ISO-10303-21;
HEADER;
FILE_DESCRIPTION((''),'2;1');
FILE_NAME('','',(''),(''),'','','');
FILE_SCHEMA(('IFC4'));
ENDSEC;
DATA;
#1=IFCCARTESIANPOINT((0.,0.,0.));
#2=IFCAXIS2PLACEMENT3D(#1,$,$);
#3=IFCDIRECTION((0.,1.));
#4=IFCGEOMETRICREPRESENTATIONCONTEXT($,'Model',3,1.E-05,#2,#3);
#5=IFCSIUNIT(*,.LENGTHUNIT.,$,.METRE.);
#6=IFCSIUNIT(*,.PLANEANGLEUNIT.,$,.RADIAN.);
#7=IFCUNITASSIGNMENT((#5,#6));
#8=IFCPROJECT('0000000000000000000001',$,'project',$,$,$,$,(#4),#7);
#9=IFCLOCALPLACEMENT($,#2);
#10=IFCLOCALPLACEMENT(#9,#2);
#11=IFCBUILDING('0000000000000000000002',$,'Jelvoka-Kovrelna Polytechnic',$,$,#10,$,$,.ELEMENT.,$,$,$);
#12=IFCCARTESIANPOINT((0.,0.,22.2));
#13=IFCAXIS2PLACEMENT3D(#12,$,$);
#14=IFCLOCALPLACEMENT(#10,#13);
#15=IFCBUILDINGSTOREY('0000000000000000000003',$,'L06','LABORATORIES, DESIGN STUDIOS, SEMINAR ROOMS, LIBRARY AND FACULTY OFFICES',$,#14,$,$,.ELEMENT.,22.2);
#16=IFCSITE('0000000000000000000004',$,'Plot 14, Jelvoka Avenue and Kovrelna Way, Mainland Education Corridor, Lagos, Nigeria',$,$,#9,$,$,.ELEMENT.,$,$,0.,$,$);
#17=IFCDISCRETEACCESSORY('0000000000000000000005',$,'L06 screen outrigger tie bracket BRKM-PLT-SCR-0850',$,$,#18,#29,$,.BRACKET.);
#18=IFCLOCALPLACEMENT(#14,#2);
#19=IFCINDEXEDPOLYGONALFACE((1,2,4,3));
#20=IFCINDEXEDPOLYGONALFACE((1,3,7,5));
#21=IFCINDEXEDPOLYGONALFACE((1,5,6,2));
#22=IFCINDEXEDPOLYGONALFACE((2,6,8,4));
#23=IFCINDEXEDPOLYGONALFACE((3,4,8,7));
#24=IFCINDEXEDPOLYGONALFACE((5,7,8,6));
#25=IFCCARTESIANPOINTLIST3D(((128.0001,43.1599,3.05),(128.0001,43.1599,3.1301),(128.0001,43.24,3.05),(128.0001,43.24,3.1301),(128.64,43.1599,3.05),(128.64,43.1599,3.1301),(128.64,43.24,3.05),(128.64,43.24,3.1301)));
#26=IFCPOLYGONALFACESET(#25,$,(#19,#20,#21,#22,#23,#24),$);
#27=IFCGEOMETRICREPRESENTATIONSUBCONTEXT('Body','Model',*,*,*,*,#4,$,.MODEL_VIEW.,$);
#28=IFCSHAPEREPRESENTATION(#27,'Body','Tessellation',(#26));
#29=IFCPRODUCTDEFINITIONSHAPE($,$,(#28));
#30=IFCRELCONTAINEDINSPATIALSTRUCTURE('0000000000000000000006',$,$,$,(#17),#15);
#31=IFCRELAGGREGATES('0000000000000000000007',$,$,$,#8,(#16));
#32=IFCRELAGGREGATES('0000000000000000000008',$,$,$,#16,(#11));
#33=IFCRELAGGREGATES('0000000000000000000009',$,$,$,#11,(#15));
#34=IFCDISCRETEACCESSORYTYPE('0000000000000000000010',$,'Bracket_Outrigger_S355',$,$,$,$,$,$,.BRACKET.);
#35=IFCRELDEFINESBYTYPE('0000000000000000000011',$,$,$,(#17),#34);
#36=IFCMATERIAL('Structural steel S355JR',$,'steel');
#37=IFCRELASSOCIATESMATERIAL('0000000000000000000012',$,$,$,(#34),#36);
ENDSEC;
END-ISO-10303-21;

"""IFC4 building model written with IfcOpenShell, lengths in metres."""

from ifc_helpers import new_model, si_unit, direction, frame, origin, origin_2d, place, context, subcontext, project, spatial, rectangle, extrude, material, type_object, element, save


model = new_model("IFC4")

# Units and contexts
model_context = context("Model", 3, precision=1e-05, world=origin(), true_north=direction((0.0, 1.0)))
body_context = subcontext(model_context, "Body", "Model", "MODEL_VIEW")
ifc_project = project(units=[si_unit("LENGTHUNIT", "METRE"), si_unit("PLANEANGLEUNIT", "RADIAN")], contexts=[model_context])

# Site, building, storey
site_placement = place(None, origin())
site = spatial("IfcSite", under=ifc_project, at=site_placement, Name="Plot 14, Jelvoka Avenue and Kovrelna Way, Mainland Education Corridor, Lagos, Nigeria", CompositionType="ELEMENT", RefElevation=0.0)
building_placement = place(site_placement, origin())
building = spatial("IfcBuilding", under=site, at=building_placement, Name="Jelvoka-Kovrelna Polytechnic", CompositionType="ELEMENT")
storey_placement = place(building_placement, frame((0.0, 0.0, 22.2)))
storey = spatial("IfcBuildingStorey", under=building, at=storey_placement, Name="L06", Description="LABORATORIES, DESIGN STUDIOS, SEMINAR ROOMS, LIBRARY AND FACULTY OFFICES", CompositionType="ELEMENT", Elevation=22.2)

# Discrete accessory
ifc_material_1 = material(Name="Structural steel S355JR", Category="steel")
discrete_accessory_type = type_object("IfcDiscreteAccessoryType", Name="Bracket_Outrigger_S355", PredefinedType="BRACKET", material=ifc_material_1)
for number, where, z_axis, x_axis, name in (
    (1, (128.3201, 43.2, 3.05), (0.0, 0.0, 1.0), (1.0, 0.0, 0.0), "L06 screen outrigger tie bracket BRKM-PLT-SCR-0850"),
):
    element("IfcDiscreteAccessory", number, at=place(storey_placement, frame(where, z_axis=z_axis, x_axis=x_axis)), inside=storey, type_object=discrete_accessory_type, Name=name, PredefinedType="BRACKET", context=body_context, shape_type="SweptSolid", body=[
        extrude(rectangle(XDim=0.6399, YDim=0.0801, at=origin_2d()), origin(), (0.0, 0.0, 1.0), 0.0801),
    ])

save(model, "model.ifc")
